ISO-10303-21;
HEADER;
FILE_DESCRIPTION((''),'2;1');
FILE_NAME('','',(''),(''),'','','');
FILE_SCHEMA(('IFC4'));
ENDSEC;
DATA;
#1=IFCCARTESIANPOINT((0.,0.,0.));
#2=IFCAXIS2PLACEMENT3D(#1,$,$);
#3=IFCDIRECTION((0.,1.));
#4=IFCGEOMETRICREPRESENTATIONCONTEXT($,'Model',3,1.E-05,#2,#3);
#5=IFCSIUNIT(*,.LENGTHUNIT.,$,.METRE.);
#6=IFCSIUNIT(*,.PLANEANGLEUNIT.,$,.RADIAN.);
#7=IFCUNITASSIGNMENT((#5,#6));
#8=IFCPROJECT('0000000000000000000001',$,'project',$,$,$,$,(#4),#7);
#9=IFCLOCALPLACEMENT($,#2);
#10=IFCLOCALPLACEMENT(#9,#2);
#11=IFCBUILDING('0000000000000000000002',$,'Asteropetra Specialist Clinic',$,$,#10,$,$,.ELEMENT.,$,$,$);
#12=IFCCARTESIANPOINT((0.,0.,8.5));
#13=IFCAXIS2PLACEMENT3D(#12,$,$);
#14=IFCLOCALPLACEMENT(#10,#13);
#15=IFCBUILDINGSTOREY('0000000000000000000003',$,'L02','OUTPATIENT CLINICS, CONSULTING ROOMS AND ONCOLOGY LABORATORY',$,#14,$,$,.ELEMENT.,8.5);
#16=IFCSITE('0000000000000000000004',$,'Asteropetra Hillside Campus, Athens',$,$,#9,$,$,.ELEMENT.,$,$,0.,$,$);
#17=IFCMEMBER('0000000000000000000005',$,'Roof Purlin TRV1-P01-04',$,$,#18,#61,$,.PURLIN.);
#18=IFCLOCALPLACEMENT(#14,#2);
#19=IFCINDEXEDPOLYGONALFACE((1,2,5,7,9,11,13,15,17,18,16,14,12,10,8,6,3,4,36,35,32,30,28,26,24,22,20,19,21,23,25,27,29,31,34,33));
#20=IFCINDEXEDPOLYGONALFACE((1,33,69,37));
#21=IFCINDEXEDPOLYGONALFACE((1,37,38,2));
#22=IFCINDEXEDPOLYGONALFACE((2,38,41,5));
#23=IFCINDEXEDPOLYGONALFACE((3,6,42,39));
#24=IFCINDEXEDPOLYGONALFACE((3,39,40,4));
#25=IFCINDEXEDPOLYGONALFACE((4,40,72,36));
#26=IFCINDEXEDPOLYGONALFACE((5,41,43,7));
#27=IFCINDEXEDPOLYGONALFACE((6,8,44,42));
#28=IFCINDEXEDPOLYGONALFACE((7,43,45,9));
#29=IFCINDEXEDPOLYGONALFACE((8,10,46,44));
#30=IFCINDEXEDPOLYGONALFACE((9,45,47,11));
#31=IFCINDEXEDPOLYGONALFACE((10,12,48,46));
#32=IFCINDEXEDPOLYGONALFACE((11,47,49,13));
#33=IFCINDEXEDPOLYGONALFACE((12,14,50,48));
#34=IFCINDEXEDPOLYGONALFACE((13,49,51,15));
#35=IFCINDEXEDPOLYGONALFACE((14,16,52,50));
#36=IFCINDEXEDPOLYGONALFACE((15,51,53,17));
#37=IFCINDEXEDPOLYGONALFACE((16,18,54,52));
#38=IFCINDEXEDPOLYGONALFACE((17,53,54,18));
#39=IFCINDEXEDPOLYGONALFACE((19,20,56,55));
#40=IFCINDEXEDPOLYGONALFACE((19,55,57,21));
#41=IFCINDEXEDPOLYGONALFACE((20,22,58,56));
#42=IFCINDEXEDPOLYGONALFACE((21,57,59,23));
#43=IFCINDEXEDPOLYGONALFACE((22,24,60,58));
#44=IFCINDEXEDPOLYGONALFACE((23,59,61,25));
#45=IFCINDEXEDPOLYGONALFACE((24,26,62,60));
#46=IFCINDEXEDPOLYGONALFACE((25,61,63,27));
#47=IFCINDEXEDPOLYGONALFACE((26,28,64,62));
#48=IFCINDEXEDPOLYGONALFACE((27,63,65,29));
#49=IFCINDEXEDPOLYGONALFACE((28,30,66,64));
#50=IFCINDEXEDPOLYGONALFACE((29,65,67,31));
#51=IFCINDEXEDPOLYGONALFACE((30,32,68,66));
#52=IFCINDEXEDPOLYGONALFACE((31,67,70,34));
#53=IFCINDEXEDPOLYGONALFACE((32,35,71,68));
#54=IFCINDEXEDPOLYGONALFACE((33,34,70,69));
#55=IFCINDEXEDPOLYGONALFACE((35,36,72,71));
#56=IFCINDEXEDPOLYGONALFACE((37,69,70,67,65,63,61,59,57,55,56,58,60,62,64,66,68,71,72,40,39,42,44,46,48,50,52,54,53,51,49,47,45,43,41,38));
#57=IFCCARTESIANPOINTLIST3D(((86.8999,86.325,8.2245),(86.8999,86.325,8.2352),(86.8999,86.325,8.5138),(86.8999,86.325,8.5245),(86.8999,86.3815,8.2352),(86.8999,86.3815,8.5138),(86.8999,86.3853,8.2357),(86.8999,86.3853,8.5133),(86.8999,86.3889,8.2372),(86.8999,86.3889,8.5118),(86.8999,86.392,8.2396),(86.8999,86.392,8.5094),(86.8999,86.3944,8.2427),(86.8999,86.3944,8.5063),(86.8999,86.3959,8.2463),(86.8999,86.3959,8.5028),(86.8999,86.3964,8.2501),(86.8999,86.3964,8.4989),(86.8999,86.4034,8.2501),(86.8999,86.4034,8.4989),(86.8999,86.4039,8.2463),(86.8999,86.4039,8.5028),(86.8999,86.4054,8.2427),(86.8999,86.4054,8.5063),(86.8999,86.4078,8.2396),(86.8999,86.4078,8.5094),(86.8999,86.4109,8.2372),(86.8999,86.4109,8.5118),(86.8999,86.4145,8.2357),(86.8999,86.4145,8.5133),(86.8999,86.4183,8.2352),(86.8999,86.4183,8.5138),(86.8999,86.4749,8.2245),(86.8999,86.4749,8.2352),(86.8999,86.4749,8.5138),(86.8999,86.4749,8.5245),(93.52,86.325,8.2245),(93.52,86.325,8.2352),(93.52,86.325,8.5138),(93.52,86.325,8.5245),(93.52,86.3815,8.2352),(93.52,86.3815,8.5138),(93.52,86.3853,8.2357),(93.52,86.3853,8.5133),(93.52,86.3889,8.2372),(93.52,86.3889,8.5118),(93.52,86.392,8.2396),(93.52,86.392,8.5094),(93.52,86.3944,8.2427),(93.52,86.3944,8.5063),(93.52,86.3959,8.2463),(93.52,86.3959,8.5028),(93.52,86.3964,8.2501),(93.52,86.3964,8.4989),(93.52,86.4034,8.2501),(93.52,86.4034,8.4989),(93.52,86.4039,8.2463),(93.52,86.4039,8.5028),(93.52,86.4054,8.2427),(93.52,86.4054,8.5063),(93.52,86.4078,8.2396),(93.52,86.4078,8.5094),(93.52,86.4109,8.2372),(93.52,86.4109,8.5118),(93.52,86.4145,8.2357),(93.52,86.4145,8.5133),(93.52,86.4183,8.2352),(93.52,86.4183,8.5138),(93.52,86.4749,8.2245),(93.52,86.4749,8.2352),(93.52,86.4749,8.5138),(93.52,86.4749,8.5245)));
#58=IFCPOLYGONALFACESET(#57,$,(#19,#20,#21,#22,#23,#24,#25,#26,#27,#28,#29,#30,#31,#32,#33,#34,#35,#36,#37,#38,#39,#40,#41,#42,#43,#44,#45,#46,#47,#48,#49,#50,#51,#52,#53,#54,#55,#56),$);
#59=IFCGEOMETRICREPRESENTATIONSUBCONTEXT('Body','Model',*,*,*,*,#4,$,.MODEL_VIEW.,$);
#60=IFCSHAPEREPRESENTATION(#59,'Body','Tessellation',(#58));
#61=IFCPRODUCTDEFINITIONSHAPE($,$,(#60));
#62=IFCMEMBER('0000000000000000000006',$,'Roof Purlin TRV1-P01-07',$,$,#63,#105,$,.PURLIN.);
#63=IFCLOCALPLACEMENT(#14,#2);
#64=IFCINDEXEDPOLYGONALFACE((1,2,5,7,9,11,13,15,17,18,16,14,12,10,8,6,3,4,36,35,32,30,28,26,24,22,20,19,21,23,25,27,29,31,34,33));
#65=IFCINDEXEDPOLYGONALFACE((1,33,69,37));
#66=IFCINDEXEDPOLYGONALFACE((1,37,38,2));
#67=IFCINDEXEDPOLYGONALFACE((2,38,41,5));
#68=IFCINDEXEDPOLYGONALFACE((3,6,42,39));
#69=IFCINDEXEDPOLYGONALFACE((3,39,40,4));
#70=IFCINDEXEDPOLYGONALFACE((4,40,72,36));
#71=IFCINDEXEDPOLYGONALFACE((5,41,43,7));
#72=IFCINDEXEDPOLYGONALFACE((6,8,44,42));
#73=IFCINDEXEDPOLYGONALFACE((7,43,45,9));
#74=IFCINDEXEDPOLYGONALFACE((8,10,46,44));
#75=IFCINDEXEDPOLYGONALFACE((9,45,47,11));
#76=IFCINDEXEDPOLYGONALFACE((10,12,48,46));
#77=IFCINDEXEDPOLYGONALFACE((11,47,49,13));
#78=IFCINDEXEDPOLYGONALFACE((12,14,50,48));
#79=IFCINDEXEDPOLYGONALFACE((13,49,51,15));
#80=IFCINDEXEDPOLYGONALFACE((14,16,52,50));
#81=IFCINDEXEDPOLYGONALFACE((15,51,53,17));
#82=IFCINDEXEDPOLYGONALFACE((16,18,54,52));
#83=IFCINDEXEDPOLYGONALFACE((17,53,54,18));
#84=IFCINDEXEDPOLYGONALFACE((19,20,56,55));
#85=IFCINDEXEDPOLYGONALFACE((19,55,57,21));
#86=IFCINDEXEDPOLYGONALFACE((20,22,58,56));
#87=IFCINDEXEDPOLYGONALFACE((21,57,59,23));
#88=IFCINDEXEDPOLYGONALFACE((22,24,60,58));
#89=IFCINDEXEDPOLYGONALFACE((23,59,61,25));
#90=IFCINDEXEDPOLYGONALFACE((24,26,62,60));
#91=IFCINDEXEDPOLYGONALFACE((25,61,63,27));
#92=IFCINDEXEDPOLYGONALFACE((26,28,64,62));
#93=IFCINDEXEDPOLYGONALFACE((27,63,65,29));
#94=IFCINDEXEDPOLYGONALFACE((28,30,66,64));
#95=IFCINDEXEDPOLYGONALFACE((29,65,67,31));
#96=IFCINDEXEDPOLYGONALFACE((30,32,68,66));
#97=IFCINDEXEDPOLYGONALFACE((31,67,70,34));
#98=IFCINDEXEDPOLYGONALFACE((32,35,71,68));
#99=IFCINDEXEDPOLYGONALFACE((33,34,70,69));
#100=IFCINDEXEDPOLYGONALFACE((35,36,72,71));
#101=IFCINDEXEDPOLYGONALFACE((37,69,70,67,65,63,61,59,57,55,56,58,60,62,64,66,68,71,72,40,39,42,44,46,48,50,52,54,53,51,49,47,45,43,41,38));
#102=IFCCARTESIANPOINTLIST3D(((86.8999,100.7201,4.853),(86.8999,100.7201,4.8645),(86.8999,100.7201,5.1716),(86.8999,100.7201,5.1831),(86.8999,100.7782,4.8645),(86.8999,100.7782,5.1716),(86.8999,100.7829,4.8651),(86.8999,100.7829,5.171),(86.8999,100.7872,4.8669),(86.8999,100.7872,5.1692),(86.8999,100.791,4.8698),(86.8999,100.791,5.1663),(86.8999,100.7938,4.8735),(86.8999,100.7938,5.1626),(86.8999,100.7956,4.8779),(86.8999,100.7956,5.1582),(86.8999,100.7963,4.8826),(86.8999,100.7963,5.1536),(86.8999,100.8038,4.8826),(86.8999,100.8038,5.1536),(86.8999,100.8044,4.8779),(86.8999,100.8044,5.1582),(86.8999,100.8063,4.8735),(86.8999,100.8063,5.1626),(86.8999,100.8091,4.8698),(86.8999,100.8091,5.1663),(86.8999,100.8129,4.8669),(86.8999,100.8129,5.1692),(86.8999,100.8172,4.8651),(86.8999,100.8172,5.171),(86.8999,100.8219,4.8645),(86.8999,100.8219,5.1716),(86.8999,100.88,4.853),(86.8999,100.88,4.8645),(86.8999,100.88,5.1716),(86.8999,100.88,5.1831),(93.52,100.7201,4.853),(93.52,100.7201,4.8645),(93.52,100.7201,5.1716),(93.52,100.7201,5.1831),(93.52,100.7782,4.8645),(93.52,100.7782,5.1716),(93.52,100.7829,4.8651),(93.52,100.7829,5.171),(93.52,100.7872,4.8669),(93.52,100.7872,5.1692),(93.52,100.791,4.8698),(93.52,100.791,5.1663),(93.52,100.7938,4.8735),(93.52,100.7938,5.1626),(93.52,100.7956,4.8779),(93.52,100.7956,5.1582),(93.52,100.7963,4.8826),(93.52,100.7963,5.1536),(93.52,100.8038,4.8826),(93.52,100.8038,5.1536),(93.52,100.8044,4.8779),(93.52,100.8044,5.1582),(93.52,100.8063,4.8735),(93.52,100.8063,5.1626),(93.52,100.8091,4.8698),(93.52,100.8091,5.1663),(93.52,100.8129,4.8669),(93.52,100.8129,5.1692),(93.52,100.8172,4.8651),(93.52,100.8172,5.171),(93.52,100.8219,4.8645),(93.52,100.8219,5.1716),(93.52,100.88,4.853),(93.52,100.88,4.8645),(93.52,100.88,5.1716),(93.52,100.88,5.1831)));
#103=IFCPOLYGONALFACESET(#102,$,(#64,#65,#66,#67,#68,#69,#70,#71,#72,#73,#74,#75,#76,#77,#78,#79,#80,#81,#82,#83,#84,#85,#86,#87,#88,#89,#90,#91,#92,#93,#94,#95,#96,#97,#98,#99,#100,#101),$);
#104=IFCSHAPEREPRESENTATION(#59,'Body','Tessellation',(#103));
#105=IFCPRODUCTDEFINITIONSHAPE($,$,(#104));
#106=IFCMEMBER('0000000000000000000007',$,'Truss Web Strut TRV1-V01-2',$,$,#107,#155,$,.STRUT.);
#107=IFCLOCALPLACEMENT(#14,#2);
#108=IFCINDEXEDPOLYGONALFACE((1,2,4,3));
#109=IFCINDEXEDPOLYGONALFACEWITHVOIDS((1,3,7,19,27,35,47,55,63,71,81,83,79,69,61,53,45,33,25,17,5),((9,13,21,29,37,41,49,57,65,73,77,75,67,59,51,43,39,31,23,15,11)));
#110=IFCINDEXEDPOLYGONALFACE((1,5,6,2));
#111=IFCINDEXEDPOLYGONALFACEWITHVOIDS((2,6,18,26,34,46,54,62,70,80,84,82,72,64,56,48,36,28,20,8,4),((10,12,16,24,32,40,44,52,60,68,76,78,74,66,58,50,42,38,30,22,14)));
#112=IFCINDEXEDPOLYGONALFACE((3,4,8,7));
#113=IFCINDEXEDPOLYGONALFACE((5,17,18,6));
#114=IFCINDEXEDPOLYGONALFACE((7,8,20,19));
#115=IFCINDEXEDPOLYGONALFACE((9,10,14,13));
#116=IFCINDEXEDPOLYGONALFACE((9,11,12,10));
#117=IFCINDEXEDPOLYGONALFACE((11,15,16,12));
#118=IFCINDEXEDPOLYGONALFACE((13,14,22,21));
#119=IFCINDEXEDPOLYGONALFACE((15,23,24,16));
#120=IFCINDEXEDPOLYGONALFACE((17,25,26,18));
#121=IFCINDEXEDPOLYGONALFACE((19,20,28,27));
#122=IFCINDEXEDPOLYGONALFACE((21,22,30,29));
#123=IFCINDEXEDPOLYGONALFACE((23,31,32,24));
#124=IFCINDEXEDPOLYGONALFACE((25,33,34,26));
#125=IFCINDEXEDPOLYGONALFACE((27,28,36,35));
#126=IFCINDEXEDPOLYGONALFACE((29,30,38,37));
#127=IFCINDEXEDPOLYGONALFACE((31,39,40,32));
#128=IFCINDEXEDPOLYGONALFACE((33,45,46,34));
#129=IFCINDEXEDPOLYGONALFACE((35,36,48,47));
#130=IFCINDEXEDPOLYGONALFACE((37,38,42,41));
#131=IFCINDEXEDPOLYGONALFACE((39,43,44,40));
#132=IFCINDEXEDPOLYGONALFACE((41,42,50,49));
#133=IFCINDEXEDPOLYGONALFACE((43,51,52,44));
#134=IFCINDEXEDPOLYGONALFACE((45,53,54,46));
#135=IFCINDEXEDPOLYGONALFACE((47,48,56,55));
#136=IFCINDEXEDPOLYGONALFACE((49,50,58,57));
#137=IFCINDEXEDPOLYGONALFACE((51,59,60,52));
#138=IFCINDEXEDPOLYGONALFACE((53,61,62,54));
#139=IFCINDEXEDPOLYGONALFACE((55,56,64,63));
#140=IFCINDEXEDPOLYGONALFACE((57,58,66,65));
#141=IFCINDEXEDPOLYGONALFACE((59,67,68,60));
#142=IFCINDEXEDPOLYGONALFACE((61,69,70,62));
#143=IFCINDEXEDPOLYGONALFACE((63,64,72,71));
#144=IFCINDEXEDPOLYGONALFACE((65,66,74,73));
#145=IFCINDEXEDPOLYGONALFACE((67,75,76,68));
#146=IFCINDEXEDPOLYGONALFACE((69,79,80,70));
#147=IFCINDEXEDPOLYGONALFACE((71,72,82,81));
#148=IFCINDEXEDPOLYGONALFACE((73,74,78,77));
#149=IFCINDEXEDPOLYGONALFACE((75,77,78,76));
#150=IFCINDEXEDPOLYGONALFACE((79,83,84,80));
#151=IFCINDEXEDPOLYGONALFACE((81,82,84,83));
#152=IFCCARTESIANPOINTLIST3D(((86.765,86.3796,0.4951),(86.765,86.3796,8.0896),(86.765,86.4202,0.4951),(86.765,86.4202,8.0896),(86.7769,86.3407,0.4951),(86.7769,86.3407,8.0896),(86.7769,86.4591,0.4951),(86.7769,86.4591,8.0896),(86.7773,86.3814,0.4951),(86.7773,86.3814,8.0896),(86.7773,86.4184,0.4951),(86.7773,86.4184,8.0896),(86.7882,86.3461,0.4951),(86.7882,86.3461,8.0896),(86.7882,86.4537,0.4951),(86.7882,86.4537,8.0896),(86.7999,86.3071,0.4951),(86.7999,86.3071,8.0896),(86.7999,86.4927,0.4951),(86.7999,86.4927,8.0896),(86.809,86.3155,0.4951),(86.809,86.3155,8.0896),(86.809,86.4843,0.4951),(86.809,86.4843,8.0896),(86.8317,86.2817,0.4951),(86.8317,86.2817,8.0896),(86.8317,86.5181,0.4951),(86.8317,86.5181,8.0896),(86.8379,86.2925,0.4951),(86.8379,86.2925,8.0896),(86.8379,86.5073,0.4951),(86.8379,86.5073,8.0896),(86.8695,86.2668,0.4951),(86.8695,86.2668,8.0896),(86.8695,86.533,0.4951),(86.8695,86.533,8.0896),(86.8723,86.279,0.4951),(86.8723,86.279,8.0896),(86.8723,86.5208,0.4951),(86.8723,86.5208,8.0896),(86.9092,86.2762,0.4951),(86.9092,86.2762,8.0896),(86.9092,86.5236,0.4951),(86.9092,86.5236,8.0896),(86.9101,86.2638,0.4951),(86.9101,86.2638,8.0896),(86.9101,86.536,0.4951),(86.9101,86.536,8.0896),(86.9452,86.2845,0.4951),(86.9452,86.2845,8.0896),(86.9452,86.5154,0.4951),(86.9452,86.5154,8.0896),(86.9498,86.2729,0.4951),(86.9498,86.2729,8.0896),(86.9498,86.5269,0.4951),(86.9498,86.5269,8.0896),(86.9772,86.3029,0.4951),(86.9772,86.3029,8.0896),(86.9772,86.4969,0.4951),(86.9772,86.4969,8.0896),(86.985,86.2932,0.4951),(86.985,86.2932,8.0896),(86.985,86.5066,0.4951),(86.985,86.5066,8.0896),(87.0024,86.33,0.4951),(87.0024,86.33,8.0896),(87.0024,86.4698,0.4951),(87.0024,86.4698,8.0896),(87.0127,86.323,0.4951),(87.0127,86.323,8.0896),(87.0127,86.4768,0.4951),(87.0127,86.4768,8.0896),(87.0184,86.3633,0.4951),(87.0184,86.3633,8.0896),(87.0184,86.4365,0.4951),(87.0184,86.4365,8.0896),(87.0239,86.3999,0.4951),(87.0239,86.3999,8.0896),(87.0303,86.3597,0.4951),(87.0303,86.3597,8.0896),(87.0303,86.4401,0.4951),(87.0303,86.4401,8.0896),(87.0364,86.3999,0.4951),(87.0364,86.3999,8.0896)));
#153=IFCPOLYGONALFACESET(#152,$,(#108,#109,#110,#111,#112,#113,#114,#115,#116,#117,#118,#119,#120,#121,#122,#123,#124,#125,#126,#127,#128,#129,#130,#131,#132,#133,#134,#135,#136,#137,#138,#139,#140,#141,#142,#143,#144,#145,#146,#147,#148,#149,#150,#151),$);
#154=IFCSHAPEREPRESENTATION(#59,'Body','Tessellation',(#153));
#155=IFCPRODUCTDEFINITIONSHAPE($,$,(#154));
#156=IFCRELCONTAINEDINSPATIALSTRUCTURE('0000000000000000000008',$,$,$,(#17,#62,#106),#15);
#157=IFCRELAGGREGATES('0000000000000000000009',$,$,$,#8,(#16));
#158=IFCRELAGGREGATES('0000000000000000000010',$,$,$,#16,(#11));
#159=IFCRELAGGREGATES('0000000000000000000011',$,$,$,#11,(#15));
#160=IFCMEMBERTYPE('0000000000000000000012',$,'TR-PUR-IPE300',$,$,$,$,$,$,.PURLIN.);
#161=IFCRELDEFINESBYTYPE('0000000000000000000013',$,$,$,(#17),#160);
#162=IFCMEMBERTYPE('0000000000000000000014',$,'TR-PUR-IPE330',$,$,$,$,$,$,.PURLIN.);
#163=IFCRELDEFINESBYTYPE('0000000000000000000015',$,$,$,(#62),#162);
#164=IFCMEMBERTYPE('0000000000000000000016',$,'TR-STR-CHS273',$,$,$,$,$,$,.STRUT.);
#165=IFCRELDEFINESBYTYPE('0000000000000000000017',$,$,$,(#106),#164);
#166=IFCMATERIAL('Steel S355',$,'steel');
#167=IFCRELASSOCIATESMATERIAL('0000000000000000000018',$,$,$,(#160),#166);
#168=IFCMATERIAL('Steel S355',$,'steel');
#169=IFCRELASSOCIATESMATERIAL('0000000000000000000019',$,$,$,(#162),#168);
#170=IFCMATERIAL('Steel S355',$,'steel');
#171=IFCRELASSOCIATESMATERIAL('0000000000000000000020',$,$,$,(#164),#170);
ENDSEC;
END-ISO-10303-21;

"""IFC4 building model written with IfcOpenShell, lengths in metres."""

from ifc_helpers import new_model, si_unit, direction, frame, origin, origin_2d, place, context, subcontext, project, spatial, hollow_circle, i_section, extrude, material, material_profile, profile_set, type_object, element, save


model = new_model("IFC4")

# Units and contexts
model_context = context("Model", 3, precision=1e-05, world=origin(), true_north=direction((0.0, 1.0)))
body_context = subcontext(model_context, "Body", "Model", "MODEL_VIEW")
ifc_project = project(units=[si_unit("LENGTHUNIT", "METRE"), si_unit("PLANEANGLEUNIT", "RADIAN")], contexts=[model_context])

# Site, building, storey
site_placement = place(None, origin())
site = spatial("IfcSite", under=ifc_project, at=site_placement, Name="Asteropetra Hillside Campus, Athens", CompositionType="ELEMENT", RefElevation=0.0)
building_placement = place(site_placement, origin())
building = spatial("IfcBuilding", under=site, at=building_placement, Name="Asteropetra Specialist Clinic", CompositionType="ELEMENT")
storey_placement = place(building_placement, frame((0.0, 0.0, 8.5)))
storey = spatial("IfcBuildingStorey", under=building, at=storey_placement, Name="L02", Description="OUTPATIENT CLINICS, CONSULTING ROOMS AND ONCOLOGY LABORATORY", CompositionType="ELEMENT", Elevation=8.5)

# Members
ifc_material_1 = material(Name="Steel S355", Category="steel")
ifc_material_profile_1 = material_profile(ifc_material_1, i_section(OverallWidth=0.1499, OverallDepth=0.3, WebThickness=0.0071, FlangeThickness=0.0107, FilletRadius=0.0149, at=origin_2d()), Name="IPE 300")
ifc_profile_set_1 = profile_set([ifc_material_profile_1], Name="Steel S355")
member_type_1 = type_object("IfcMemberType", Name="TR-PUR-IPE300", PredefinedType="PURLIN", material=ifc_profile_set_1)
member_1_placement = place(storey_placement, frame((86.8999, 86.3999, 8.3745), z_axis=(1.0, 0.0, 0.0), x_axis=(0.0, 1.0, 0.0)))
element("IfcMember", 1, at=member_1_placement, inside=storey, type_object=member_type_1, Name="Roof Purlin TRV1-P01-04", PredefinedType="PURLIN", context=body_context, shape_type="SweptSolid", body=[
    extrude(i_section(OverallWidth=0.1499, OverallDepth=0.3, WebThickness=0.0071, FlangeThickness=0.0107, FilletRadius=0.0149, at=origin_2d()), origin(), (0.0, 0.0, 1.0), 6.6201),
])
ifc_material_2 = material(Name="Steel S355", Category="steel")
ifc_material_profile_2 = material_profile(ifc_material_2, i_section(OverallWidth=0.1599, OverallDepth=0.3301, WebThickness=0.0076, FlangeThickness=0.0115, FilletRadius=0.0181, at=origin_2d()), Name="IPE 330")
ifc_profile_set_2 = profile_set([ifc_material_profile_2], Name="Steel S355")
member_type_2 = type_object("IfcMemberType", Name="TR-PUR-IPE330", PredefinedType="PURLIN", material=ifc_profile_set_2)
member_2_placement = place(storey_placement, frame((86.8999, 100.8, 5.0181), z_axis=(1.0, 0.0, 0.0), x_axis=(0.0, 1.0, 0.0)))
element("IfcMember", 2, at=member_2_placement, inside=storey, type_object=member_type_2, Name="Roof Purlin TRV1-P01-07", PredefinedType="PURLIN", context=body_context, shape_type="SweptSolid", body=[
    extrude(i_section(OverallWidth=0.1599, OverallDepth=0.3301, WebThickness=0.0076, FlangeThickness=0.0115, FilletRadius=0.0181, at=origin_2d()), origin(), (0.0, 0.0, 1.0), 6.6201),
])
ifc_material_3 = material(Name="Steel S355", Category="steel")
ifc_material_profile_3 = material_profile(ifc_material_3, hollow_circle(Radius=0.1365, WallThickness=0.0125, at=origin_2d()), Name="CHS 273.0x12.5")
ifc_profile_set_3 = profile_set([ifc_material_profile_3], Name="Steel S355")
member_type_3 = type_object("IfcMemberType", Name="TR-STR-CHS273", PredefinedType="STRUT", material=ifc_profile_set_3)
member_3_placement = place(storey_placement, frame((86.8999, 86.3999, 0.4951), z_axis=(0.0, 0.0, 1.0), x_axis=(1.0, 0.0, 0.0)))
element("IfcMember", 3, at=member_3_placement, inside=storey, type_object=member_type_3, Name="Truss Web Strut TRV1-V01-2", PredefinedType="STRUT", context=body_context, shape_type="SweptSolid", body=[
    extrude(hollow_circle(Radius=0.1365, WallThickness=0.0125, at=origin_2d()), origin(), (0.0, 0.0, 1.0), 7.5945),
])

save(model, "model.ifc")
